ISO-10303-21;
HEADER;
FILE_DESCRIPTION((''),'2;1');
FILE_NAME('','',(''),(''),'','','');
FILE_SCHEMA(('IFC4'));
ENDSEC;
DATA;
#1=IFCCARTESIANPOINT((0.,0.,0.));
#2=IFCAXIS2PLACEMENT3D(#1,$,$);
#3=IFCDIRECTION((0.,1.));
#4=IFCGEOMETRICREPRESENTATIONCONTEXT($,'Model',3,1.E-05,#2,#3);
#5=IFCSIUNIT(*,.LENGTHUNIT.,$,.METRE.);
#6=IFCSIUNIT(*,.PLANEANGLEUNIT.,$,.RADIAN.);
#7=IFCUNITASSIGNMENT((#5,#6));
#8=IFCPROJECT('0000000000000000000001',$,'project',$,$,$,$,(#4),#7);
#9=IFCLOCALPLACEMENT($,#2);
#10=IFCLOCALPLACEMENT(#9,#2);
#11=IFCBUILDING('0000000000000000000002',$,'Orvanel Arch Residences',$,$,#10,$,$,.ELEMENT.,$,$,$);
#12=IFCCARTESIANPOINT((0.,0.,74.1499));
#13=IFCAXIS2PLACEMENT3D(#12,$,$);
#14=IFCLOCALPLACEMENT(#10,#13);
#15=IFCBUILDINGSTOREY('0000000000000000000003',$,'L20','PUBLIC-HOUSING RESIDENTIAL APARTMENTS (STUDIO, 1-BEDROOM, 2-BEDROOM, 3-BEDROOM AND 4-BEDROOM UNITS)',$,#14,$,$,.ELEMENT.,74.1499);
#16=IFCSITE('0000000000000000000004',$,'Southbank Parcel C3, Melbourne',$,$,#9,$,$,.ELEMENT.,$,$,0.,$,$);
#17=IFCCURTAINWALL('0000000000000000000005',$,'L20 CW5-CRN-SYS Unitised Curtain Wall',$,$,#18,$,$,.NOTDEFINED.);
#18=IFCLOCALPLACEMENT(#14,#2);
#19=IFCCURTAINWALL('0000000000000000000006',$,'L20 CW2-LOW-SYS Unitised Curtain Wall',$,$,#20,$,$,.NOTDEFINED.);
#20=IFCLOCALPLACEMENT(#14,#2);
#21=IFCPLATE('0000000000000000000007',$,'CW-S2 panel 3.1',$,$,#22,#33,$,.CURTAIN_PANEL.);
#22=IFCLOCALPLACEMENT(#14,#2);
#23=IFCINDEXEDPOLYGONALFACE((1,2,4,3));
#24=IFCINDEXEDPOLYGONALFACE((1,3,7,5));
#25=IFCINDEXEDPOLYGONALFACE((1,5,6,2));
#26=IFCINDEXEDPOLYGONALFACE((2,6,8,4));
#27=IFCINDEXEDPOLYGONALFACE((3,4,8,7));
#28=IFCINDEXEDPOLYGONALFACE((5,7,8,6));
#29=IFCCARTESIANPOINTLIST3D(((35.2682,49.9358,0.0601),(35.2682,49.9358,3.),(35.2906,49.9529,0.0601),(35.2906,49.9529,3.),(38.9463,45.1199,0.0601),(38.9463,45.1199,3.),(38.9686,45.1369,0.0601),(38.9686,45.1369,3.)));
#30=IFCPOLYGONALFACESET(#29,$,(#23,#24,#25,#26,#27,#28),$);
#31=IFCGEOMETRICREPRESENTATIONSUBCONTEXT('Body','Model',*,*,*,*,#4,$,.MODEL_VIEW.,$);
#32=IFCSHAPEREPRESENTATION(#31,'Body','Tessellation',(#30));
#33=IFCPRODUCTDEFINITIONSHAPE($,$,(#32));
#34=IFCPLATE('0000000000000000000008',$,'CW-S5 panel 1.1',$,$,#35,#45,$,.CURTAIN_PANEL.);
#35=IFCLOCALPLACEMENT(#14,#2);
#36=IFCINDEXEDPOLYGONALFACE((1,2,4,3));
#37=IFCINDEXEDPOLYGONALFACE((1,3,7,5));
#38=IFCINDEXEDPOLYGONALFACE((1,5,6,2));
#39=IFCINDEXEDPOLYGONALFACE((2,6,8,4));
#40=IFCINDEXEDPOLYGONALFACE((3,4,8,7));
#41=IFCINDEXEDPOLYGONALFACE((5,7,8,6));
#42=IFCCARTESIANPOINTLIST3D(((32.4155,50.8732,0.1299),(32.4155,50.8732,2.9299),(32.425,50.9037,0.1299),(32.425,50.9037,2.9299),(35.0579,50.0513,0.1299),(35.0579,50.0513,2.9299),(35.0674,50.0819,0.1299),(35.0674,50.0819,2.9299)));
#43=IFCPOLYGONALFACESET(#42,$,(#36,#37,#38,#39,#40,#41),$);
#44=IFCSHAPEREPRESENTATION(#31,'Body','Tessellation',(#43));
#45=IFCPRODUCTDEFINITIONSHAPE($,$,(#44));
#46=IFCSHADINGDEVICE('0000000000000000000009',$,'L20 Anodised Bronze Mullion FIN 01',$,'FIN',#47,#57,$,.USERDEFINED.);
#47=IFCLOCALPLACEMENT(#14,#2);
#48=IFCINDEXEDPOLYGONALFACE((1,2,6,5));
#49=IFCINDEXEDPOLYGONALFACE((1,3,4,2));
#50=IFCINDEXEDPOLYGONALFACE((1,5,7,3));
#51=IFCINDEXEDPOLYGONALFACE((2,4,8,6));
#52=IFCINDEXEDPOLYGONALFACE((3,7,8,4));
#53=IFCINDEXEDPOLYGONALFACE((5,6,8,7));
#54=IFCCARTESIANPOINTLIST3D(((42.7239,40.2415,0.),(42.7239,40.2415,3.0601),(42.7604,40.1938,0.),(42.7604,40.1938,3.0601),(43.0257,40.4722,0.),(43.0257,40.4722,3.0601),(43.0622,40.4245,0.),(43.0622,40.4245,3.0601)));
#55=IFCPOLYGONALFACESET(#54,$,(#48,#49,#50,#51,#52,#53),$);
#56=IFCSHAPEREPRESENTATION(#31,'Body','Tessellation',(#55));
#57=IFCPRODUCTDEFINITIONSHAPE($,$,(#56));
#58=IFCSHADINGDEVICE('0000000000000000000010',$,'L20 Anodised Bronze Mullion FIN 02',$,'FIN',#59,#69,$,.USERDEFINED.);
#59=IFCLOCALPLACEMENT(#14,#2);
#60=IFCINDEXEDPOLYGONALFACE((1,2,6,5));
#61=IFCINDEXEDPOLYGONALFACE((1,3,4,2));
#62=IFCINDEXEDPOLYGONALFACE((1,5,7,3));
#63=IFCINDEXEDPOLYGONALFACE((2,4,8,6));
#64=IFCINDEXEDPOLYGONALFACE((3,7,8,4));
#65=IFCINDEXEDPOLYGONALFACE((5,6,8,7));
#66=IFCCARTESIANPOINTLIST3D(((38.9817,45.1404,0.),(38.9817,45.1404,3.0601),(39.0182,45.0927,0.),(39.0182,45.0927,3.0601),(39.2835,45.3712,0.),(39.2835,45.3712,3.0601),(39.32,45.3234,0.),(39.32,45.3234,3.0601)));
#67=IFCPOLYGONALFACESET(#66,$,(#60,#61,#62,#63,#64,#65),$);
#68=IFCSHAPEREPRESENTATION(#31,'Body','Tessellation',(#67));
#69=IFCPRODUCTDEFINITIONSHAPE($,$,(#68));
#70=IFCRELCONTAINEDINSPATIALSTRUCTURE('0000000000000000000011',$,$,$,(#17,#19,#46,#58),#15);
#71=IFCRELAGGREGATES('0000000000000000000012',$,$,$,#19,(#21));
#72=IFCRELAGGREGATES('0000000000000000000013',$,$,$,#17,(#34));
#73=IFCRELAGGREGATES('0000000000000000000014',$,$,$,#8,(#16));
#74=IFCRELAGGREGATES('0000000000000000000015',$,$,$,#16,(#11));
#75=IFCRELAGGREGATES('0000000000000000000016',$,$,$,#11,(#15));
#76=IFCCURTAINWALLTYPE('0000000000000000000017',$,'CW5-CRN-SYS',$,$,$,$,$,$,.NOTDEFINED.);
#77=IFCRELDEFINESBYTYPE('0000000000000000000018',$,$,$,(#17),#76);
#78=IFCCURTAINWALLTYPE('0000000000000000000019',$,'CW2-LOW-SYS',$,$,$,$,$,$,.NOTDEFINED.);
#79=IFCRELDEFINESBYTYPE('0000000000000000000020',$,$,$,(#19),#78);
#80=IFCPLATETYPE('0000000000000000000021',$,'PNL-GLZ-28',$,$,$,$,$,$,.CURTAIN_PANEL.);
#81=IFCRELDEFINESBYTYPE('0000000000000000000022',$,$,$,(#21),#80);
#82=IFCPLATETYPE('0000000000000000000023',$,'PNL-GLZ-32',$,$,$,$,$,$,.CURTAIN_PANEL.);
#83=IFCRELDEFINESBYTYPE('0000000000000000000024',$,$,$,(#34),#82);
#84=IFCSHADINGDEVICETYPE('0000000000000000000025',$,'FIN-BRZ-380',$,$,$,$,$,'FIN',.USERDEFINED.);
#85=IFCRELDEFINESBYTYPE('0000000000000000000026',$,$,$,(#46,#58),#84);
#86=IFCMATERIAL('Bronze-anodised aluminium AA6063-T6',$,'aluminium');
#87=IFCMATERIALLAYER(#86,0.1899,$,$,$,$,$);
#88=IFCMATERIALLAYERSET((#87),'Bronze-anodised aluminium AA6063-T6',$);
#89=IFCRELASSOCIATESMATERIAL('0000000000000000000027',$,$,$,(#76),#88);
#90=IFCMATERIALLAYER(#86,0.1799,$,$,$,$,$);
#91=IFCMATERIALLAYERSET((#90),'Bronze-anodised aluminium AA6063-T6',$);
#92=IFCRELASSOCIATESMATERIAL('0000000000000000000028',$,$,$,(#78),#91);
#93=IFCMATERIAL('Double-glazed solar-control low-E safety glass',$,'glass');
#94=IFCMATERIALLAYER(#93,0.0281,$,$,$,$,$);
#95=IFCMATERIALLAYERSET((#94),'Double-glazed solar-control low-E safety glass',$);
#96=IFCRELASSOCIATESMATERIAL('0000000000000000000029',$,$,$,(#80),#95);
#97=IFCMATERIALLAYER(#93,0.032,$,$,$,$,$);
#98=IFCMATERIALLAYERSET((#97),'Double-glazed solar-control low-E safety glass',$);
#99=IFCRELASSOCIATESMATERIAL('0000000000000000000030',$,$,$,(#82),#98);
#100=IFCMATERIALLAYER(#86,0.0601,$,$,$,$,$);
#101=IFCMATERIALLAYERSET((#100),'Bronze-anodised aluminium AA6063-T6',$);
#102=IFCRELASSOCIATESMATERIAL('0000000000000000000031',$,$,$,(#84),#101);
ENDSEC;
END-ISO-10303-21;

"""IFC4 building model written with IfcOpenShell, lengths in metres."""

from ifc_helpers import new_model, si_unit, direction, frame, origin, origin_2d, place, context, subcontext, project, spatial, rectangle, extrude, material, layer, layer_set, type_object, element, aggregate, save


model = new_model("IFC4")

# Units and contexts
model_context = context("Model", 3, precision=1e-05, world=origin(), true_north=direction((0.0, 1.0)))
body_context = subcontext(model_context, "Body", "Model", "MODEL_VIEW")
ifc_project = project(units=[si_unit("LENGTHUNIT", "METRE"), si_unit("PLANEANGLEUNIT", "RADIAN")], contexts=[model_context])

# Site, building, storey
site_placement = place(None, origin())
site = spatial("IfcSite", under=ifc_project, at=site_placement, Name="Southbank Parcel C3, Melbourne", CompositionType="ELEMENT", RefElevation=0.0)
building_placement = place(site_placement, origin())
building = spatial("IfcBuilding", under=site, at=building_placement, Name="Orvanel Arch Residences", CompositionType="ELEMENT")
storey_placement = place(building_placement, frame((0.0, 0.0, 74.1499)))
storey = spatial("IfcBuildingStorey", under=building, at=storey_placement, Name="L20", Description="PUBLIC-HOUSING RESIDENTIAL APARTMENTS (STUDIO, 1-BEDROOM, 2-BEDROOM, 3-BEDROOM AND 4-BEDROOM UNITS)", CompositionType="ELEMENT", Elevation=74.1499)

# Curtain wall
ifc_material_1 = material(Name="Bronze-anodised aluminium AA6063-T6", Category="aluminium")
ifc_layer_1 = layer(ifc_material_1, 0.1899)
ifc_layer_set_1 = layer_set([ifc_layer_1], Name="Bronze-anodised aluminium AA6063-T6")
curtain_wall_type_1 = type_object("IfcCurtainWallType", Name="CW5-CRN-SYS", PredefinedType="NOTDEFINED", material=ifc_layer_set_1)
curtain_wall_1_placement = place(storey_placement, origin())
curtain_wall_1 = element("IfcCurtainWall", 1, at=curtain_wall_1_placement, inside=storey, type_object=curtain_wall_type_1, Name="L20 CW5-CRN-SYS Unitised Curtain Wall", PredefinedType="NOTDEFINED")

# Curtain wall
ifc_layer_2 = layer(ifc_material_1, 0.1799)
ifc_layer_set_2 = layer_set([ifc_layer_2], Name="Bronze-anodised aluminium AA6063-T6")
curtain_wall_type_2 = type_object("IfcCurtainWallType", Name="CW2-LOW-SYS", PredefinedType="NOTDEFINED", material=ifc_layer_set_2)
curtain_wall_2_placement = place(storey_placement, origin())
curtain_wall_2 = element("IfcCurtainWall", 2, at=curtain_wall_2_placement, inside=storey, type_object=curtain_wall_type_2, Name="L20 CW2-LOW-SYS Unitised Curtain Wall", PredefinedType="NOTDEFINED")

# Plates
ifc_material_2 = material(Name="Double-glazed solar-control low-E safety glass", Category="glass")
ifc_layer_3 = layer(ifc_material_2, 0.0281)
ifc_layer_set_3 = layer_set([ifc_layer_3], Name="Double-glazed solar-control low-E safety glass")
plate_type_1 = type_object("IfcPlateType", Name="PNL-GLZ-28", PredefinedType="CURTAIN_PANEL", material=ifc_layer_set_3)
plate_1_placement = place(storey_placement, frame((37.1184, 47.5364, 0.0601), z_axis=(0.0, 0.0, 1.0), x_axis=(-0.60695, 0.79474, 0.0)))
plate_1 = element("IfcPlate", 3, at=plate_1_placement, type_object=plate_type_1, Name="CW-S2 panel 3.1", PredefinedType="CURTAIN_PANEL", context=body_context, shape_type="SweptSolid", body=[
    extrude(rectangle(XDim=6.0598, YDim=0.0281, at=origin_2d()), origin(), (0.0, 0.0, 1.0), 2.9399),
])
aggregate(curtain_wall_2, [plate_1])
ifc_layer_4 = layer(ifc_material_2, 0.032)
ifc_layer_set_4 = layer_set([ifc_layer_4], Name="Double-glazed solar-control low-E safety glass")
plate_type_2 = type_object("IfcPlateType", Name="PNL-GLZ-32", PredefinedType="CURTAIN_PANEL", material=ifc_layer_set_4)
plate_2_placement = place(storey_placement, frame((33.7415, 50.4775, 0.1299), z_axis=(0.0, 0.0, 1.0), x_axis=(-0.954879, 0.296994, 0.0)))
plate_2 = element("IfcPlate", 4, at=plate_2_placement, type_object=plate_type_2, Name="CW-S5 panel 1.1", PredefinedType="CURTAIN_PANEL", context=body_context, shape_type="SweptSolid", body=[
    extrude(rectangle(XDim=2.7673, YDim=0.032, at=origin_2d()), origin(), (0.0, 0.0, 1.0), 2.8),
])
aggregate(curtain_wall_1, [plate_2])

# Shading devices
ifc_layer_5 = layer(ifc_material_1, 0.0601)
ifc_layer_set_5 = layer_set([ifc_layer_5], Name="Bronze-anodised aluminium AA6063-T6")
shading_device_type = type_object("IfcShadingDeviceType", Name="FIN-BRZ-380", ElementType="FIN", PredefinedType="USERDEFINED", material=ifc_layer_set_5)
for number, where, z_axis, x_axis, name in (
    (5, (42.8931, 40.333, 0.0), (0.0, 0.0, 1.0), (0.794415, 0.607376, 0.0), "L20 Anodised Bronze Mullion FIN 01"),
    (6, (39.1509, 45.2319, 0.0), (0.0, 0.0, 1.0), (0.794415, 0.607376, 0.0), "L20 Anodised Bronze Mullion FIN 02"),
):
    element("IfcShadingDevice", number, at=place(storey_placement, frame(where, z_axis=z_axis, x_axis=x_axis)), inside=storey, type_object=shading_device_type, Name=name, ObjectType="FIN", PredefinedType="USERDEFINED", context=body_context, shape_type="SweptSolid", body=[
        extrude(rectangle(XDim=0.3799, YDim=0.0601, at=origin_2d()), origin(), (0.0, 0.0, 1.0), 3.0601),
    ])

save(model, "model.ifc")
